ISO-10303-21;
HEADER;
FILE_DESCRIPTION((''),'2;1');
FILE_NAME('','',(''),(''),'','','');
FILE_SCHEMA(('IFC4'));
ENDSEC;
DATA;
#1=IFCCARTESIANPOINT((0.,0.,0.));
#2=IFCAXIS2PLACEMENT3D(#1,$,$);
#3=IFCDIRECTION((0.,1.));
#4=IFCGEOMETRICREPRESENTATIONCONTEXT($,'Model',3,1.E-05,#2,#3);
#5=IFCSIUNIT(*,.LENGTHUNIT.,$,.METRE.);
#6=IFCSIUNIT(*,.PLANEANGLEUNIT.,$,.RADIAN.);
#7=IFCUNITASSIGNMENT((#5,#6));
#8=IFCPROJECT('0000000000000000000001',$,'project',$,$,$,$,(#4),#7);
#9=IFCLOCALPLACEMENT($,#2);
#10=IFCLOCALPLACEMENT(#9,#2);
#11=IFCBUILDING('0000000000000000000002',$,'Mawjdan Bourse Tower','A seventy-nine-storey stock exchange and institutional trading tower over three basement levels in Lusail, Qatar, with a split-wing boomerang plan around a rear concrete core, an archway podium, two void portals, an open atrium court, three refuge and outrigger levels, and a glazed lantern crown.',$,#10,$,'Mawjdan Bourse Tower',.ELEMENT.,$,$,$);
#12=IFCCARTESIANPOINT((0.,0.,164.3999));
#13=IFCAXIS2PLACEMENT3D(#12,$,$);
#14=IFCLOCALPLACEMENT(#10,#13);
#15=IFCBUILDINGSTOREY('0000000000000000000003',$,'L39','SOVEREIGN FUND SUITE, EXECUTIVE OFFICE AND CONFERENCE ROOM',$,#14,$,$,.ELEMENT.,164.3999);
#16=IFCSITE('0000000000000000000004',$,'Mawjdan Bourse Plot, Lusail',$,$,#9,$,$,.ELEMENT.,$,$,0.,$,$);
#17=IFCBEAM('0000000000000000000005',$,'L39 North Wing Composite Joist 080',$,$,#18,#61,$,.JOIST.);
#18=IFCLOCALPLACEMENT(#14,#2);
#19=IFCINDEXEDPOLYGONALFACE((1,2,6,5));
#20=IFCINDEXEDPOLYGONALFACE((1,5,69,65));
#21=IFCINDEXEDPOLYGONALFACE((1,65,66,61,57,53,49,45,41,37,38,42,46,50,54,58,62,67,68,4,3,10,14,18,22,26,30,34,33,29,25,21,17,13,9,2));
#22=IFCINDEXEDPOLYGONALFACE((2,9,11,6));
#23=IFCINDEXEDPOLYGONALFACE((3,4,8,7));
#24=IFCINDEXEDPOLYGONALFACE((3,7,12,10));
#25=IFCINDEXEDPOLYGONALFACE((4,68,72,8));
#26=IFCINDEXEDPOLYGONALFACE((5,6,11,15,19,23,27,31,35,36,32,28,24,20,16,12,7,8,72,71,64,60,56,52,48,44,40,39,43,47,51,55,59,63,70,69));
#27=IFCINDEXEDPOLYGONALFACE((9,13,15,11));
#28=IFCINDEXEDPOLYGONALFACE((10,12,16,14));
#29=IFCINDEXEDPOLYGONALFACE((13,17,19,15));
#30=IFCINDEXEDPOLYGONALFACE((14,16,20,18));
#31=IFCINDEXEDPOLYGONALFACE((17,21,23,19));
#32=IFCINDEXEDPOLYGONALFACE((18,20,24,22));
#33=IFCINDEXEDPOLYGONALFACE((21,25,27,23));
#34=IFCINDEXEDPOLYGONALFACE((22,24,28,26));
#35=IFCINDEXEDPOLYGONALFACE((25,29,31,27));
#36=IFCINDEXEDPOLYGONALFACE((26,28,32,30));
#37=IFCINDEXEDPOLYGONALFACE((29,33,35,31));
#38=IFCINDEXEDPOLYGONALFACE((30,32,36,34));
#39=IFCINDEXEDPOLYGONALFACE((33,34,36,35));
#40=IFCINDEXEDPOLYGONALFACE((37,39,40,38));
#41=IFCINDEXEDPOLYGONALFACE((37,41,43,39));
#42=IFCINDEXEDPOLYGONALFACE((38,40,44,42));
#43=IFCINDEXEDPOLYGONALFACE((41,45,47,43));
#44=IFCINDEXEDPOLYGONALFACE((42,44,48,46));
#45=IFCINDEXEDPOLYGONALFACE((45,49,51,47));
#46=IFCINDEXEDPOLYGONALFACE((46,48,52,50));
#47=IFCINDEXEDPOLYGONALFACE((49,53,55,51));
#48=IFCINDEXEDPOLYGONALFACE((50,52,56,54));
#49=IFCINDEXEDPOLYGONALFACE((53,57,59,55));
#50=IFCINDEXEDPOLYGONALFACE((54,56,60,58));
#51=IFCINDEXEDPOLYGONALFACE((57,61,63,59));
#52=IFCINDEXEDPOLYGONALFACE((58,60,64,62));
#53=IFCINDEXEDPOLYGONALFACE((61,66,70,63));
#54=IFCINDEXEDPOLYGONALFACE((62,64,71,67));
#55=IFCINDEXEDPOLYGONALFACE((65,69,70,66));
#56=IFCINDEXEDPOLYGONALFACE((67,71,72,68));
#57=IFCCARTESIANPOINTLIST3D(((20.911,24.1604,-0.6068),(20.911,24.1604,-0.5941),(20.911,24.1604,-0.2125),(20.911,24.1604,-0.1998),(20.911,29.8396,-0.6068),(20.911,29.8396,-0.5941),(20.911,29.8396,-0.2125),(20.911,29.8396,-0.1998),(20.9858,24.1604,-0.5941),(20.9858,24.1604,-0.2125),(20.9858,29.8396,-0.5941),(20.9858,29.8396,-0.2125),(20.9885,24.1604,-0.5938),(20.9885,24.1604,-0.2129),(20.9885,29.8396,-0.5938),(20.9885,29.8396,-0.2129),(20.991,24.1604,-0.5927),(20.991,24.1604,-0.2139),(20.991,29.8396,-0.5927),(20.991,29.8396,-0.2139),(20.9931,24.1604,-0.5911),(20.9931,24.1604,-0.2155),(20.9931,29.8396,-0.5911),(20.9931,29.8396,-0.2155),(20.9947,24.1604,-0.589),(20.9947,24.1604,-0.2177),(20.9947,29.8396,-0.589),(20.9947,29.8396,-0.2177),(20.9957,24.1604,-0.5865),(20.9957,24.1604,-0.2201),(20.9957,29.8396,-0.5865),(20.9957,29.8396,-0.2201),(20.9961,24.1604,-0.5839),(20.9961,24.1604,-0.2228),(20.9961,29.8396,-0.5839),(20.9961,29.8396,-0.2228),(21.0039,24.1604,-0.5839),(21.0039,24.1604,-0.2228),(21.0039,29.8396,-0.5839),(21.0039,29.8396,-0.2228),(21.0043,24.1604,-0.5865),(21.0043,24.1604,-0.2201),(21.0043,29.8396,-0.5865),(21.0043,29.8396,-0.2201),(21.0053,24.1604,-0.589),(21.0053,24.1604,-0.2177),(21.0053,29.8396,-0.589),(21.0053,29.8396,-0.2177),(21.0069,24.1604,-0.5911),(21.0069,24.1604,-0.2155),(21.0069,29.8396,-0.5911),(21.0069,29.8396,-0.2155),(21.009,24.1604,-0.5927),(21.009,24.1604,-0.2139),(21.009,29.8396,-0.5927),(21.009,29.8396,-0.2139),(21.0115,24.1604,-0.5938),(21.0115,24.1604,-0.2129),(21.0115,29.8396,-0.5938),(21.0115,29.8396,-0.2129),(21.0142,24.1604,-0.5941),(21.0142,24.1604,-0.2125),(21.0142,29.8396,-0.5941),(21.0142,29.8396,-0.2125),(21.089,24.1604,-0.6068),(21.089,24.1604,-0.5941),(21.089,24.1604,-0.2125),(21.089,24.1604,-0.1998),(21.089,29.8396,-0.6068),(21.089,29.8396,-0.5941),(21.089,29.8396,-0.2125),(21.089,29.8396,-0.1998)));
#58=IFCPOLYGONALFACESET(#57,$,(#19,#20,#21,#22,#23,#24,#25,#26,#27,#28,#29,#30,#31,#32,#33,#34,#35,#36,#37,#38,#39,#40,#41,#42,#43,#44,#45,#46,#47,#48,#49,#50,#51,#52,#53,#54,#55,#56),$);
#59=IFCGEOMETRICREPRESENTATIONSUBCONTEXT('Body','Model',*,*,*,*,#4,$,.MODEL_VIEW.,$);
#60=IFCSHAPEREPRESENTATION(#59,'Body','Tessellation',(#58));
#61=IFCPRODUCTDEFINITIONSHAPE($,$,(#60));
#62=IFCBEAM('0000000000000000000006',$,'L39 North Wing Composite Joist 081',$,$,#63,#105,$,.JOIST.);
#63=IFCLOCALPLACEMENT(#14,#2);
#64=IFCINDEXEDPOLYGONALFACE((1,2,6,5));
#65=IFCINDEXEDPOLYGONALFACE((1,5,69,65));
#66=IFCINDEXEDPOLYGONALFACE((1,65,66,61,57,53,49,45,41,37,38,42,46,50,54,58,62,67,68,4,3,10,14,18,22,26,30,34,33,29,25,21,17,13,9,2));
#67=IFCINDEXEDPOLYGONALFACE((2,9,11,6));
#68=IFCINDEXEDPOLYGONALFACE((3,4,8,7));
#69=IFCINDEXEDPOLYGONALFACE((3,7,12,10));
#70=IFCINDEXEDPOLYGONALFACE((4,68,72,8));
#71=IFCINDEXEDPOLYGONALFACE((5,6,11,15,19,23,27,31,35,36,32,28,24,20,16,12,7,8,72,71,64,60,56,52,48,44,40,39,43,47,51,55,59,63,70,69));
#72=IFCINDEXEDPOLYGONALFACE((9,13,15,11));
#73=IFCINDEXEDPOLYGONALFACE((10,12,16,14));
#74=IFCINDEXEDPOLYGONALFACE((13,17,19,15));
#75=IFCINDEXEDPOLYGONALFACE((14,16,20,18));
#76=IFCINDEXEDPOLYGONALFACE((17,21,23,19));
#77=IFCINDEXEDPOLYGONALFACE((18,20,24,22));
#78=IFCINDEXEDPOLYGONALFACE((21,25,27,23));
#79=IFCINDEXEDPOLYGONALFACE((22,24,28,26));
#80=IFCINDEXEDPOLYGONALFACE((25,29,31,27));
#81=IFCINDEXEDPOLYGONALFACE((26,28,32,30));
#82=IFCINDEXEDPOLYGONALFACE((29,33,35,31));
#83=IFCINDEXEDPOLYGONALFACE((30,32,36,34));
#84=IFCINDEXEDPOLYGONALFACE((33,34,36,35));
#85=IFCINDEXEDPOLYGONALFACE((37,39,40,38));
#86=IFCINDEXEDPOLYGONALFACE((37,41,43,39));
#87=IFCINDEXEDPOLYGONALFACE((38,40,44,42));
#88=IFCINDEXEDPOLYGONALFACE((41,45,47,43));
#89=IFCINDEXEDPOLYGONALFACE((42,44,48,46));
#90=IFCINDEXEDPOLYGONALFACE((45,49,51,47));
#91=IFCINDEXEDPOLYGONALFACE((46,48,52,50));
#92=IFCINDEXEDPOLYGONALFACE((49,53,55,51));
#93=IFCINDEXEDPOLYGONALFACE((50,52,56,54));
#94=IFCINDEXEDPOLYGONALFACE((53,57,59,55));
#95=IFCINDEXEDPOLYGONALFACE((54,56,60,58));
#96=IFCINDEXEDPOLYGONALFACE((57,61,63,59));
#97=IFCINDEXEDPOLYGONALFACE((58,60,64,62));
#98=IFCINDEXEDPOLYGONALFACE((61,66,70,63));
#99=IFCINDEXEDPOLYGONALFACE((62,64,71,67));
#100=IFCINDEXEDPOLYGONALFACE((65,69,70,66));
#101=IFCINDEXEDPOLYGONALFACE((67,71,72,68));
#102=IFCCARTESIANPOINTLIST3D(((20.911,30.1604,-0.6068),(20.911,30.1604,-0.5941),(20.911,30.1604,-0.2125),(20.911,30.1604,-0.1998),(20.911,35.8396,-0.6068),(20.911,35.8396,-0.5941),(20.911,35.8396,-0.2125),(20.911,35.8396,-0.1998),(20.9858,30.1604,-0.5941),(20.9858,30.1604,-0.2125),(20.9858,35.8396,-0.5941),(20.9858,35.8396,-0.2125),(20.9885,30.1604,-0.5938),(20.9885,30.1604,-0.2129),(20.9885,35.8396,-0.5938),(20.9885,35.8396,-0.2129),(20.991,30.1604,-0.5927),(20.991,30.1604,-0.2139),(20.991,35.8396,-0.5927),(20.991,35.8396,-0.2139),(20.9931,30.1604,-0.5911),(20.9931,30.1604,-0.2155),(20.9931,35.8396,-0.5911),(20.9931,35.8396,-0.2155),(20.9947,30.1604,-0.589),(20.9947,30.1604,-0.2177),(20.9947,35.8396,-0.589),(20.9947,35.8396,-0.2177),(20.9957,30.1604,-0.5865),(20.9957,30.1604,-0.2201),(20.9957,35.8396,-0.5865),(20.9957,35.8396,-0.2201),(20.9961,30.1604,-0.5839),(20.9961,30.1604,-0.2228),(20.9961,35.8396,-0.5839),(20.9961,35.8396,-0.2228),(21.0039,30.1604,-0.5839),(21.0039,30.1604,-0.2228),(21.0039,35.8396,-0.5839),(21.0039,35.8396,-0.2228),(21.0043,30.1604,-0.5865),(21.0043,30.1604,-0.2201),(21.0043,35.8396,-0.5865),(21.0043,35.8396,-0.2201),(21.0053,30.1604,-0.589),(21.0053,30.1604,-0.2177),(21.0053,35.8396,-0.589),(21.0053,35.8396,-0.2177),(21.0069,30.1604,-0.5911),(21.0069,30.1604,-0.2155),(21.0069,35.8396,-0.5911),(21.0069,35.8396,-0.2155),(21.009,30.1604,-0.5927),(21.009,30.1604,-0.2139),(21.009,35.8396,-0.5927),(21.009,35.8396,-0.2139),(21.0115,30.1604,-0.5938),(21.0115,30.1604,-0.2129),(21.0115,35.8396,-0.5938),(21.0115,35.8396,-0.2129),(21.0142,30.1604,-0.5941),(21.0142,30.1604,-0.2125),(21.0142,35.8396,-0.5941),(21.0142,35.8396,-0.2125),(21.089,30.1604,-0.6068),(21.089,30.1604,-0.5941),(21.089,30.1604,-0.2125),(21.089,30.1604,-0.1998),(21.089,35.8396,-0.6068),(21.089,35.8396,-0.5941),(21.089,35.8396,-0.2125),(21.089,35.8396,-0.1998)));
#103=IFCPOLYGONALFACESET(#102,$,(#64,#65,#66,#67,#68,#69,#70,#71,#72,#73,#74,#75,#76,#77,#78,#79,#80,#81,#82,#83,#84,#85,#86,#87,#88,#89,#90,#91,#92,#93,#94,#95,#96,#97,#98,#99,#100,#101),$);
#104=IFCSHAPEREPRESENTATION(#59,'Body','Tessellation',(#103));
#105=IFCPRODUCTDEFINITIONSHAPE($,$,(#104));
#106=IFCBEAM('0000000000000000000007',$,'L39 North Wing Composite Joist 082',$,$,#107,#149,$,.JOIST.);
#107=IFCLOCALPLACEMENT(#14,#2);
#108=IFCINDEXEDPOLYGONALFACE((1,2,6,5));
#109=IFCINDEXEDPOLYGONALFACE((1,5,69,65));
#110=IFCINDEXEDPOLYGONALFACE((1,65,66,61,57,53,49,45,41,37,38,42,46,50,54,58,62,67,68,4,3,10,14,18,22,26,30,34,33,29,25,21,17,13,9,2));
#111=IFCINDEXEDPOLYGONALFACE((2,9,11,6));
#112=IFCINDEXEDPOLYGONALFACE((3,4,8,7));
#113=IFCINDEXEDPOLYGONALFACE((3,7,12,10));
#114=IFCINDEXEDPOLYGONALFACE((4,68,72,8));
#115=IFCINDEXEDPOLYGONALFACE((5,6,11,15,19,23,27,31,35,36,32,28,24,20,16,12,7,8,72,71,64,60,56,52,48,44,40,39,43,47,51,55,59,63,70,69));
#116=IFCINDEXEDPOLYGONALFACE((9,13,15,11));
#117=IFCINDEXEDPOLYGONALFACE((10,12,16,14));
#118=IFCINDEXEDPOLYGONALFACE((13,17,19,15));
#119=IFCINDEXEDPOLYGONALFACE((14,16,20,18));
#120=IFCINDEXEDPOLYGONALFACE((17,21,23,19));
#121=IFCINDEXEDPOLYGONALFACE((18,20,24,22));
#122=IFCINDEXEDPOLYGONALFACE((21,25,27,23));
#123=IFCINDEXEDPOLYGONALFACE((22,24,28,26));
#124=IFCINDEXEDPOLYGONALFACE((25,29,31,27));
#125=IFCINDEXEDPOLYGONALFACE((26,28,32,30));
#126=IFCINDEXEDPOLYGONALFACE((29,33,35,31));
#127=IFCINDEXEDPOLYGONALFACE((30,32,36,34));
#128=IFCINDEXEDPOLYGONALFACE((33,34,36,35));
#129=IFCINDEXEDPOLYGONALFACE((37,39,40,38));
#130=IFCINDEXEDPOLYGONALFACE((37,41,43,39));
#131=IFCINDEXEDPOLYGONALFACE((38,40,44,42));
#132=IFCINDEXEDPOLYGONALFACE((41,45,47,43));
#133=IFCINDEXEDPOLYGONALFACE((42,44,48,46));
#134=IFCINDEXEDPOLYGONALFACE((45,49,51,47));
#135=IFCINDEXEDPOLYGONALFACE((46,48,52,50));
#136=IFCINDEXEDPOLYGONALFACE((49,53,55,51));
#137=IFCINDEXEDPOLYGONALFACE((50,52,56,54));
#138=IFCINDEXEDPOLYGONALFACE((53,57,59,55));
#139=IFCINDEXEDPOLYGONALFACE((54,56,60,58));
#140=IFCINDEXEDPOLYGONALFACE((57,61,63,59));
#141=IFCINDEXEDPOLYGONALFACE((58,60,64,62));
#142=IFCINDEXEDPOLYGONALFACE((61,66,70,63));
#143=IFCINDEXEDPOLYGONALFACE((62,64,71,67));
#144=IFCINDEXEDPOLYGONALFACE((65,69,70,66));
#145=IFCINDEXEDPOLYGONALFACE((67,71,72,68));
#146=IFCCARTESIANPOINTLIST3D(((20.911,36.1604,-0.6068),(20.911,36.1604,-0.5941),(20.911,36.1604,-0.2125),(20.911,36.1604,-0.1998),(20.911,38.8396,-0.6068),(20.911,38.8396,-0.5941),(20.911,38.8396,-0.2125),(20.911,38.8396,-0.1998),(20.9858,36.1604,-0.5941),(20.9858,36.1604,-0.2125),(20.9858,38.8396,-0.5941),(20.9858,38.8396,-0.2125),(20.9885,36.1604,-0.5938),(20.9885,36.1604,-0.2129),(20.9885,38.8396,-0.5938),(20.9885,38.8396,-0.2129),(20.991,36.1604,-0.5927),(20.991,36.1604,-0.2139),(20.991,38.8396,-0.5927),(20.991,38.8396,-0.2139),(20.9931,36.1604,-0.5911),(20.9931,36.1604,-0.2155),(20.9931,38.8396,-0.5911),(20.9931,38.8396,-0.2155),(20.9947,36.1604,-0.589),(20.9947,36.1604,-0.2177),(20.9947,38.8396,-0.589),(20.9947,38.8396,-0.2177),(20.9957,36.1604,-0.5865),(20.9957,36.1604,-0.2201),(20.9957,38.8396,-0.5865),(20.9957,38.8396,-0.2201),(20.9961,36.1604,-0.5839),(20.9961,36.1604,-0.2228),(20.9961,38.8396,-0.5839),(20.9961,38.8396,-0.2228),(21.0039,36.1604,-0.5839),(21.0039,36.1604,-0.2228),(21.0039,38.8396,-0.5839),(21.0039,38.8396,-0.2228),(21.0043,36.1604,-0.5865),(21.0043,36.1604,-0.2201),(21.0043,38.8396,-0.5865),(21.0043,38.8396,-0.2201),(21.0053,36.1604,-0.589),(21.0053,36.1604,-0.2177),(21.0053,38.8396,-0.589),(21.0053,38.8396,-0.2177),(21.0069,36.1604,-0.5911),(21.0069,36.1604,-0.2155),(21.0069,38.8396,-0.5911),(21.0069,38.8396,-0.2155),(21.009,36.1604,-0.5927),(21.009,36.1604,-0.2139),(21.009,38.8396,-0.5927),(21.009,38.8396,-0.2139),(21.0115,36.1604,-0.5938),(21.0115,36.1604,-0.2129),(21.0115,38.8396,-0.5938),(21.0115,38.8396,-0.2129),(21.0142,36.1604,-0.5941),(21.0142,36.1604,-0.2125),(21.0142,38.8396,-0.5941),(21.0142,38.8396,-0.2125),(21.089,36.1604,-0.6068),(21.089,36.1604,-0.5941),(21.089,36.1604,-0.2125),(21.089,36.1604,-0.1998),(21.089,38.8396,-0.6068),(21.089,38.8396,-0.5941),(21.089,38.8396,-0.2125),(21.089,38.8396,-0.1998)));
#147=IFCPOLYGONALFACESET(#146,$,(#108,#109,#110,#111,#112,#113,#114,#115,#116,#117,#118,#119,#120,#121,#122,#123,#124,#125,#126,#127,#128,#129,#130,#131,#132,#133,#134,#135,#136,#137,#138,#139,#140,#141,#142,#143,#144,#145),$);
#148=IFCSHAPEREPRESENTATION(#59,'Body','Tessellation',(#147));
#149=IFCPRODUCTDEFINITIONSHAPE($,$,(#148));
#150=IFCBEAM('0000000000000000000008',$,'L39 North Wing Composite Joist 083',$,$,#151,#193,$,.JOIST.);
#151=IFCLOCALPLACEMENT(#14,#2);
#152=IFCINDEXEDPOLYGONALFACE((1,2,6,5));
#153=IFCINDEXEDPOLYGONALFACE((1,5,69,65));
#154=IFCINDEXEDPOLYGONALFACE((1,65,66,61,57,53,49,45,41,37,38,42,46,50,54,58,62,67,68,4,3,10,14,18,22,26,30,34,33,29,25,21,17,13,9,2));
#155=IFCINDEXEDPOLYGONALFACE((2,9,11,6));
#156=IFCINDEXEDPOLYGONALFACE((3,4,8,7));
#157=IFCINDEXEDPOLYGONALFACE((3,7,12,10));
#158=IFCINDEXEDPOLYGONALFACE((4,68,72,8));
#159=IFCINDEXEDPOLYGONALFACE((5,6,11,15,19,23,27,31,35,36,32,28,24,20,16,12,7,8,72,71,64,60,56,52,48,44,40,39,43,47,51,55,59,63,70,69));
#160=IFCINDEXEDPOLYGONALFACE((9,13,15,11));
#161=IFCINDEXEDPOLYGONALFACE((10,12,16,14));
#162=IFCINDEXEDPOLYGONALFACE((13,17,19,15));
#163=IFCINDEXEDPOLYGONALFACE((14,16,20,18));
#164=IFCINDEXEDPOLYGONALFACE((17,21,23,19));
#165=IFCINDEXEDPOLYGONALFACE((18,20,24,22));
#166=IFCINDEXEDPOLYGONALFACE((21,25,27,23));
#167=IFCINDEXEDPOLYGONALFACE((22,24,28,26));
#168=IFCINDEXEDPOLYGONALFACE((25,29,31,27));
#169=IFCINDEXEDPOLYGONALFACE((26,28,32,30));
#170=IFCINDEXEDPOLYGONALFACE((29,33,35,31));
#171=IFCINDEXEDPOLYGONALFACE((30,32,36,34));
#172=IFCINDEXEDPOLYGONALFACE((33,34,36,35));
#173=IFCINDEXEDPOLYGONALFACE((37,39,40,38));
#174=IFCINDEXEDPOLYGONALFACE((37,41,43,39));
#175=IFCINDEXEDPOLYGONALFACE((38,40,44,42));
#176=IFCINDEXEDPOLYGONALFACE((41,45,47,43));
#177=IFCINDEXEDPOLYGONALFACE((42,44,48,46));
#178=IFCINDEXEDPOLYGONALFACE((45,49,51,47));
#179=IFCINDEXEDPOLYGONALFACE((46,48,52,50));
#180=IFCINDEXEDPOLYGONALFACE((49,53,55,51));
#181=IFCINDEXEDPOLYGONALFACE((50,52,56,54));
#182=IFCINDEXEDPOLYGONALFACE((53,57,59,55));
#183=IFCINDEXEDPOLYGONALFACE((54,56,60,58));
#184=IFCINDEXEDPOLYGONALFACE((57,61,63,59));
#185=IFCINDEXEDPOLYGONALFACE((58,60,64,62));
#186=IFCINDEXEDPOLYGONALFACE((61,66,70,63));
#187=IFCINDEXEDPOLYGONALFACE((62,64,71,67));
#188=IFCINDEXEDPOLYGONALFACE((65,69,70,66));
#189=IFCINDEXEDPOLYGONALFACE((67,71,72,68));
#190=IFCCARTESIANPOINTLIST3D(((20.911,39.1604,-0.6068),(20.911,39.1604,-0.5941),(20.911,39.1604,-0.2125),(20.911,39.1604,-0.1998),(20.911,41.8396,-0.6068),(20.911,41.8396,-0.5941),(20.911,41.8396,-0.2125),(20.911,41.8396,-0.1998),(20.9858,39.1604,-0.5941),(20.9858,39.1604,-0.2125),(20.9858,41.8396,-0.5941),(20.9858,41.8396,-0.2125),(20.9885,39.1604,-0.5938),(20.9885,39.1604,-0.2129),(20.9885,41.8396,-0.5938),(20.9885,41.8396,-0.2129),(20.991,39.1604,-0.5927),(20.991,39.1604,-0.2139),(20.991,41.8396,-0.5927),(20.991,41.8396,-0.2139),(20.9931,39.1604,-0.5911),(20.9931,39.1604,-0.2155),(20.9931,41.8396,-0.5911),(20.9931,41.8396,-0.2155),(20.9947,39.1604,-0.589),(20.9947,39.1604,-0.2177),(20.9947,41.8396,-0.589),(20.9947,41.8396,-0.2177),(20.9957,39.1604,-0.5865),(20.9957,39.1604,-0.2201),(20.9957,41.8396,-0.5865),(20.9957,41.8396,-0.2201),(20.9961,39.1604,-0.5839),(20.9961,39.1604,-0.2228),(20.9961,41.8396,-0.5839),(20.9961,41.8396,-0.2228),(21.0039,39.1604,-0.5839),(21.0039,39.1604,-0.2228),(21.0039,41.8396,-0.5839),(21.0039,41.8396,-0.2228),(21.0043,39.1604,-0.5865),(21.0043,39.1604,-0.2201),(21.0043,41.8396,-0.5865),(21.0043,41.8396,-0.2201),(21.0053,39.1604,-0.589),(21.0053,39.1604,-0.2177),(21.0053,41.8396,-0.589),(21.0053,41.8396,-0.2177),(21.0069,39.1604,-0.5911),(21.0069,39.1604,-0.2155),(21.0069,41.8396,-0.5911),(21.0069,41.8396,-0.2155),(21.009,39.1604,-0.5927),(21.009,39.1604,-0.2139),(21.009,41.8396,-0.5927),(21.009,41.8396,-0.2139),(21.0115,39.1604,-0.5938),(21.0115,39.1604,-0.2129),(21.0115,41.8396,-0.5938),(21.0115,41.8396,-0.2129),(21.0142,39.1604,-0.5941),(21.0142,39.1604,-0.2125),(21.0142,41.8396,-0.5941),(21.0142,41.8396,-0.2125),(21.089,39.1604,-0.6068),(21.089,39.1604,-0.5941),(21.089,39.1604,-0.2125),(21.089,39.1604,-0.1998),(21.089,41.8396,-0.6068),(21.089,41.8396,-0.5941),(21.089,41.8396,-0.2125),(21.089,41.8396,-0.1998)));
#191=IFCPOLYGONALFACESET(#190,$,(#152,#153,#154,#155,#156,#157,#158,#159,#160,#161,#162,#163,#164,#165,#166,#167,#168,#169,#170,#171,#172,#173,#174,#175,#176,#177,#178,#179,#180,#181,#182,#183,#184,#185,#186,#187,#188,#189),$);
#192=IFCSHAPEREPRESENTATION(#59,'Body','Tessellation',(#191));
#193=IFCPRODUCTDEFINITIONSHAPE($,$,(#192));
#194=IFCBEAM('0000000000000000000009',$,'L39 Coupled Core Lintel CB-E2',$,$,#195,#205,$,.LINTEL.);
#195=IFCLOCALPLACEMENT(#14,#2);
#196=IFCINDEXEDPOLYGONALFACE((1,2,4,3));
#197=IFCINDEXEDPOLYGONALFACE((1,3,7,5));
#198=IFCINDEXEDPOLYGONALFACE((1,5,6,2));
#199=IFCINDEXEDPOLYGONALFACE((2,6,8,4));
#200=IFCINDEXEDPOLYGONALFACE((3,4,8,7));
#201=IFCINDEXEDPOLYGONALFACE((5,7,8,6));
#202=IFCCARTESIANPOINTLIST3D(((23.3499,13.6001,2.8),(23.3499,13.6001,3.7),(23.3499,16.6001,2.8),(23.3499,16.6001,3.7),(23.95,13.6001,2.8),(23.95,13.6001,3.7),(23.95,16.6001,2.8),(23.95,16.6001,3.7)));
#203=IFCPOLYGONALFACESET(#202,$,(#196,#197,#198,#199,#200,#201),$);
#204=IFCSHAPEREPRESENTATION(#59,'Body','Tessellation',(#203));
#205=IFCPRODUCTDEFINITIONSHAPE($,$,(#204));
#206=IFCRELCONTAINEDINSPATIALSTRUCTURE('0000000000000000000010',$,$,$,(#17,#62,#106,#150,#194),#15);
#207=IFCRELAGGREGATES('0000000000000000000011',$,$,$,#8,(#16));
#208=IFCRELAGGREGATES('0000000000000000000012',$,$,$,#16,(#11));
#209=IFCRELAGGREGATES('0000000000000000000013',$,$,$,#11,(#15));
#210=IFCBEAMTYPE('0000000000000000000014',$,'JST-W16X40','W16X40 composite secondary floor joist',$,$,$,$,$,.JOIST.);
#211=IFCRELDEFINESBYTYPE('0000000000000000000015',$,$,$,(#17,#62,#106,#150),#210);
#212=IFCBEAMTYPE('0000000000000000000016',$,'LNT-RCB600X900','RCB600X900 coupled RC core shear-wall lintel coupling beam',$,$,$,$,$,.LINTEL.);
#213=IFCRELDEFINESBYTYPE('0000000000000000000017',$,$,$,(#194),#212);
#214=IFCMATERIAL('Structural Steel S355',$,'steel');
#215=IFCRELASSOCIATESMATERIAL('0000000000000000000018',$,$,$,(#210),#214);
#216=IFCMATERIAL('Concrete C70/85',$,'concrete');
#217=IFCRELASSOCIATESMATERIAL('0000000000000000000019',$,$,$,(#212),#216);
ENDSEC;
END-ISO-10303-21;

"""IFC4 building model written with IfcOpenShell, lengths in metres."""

from ifc_helpers import new_model, si_unit, direction, frame, origin, origin_2d, place, context, subcontext, project, spatial, rectangle, i_section, extrude, material, material_profile, profile_set, type_object, element, save


model = new_model("IFC4")

# Units and contexts
model_context = context("Model", 3, precision=1e-05, world=origin(), true_north=direction((0.0, 1.0)))
body_context = subcontext(model_context, "Body", "Model", "MODEL_VIEW")
ifc_project = project(units=[si_unit("LENGTHUNIT", "METRE"), si_unit("PLANEANGLEUNIT", "RADIAN")], contexts=[model_context])

# Site, building, storey
site_placement = place(None, origin())
site = spatial("IfcSite", under=ifc_project, at=site_placement, Name="Mawjdan Bourse Plot, Lusail", CompositionType="ELEMENT", RefElevation=0.0)
building_placement = place(site_placement, origin())
building = spatial("IfcBuilding", under=site, at=building_placement, Name="Mawjdan Bourse Tower", Description="A seventy-nine-storey stock exchange and institutional trading tower over three basement levels in Lusail, Qatar, with a split-wing boomerang plan around a rear concrete core, an archway podium, two void portals, an open atrium court, three refuge and outrigger levels, and a glazed lantern crown.", LongName="Mawjdan Bourse Tower", CompositionType="ELEMENT")
storey_placement = place(building_placement, frame((0.0, 0.0, 164.3999)))
storey = spatial("IfcBuildingStorey", under=building, at=storey_placement, Name="L39", Description="SOVEREIGN FUND SUITE, EXECUTIVE OFFICE AND CONFERENCE ROOM", CompositionType="ELEMENT", Elevation=164.3999)

# Shared definitions
ifc_material_1 = material(Name="Concrete C70/85", Category="concrete")

# Beams
ifc_material_2 = material(Name="Structural Steel S355", Category="steel")
ifc_material_profile_1 = material_profile(ifc_material_2, i_section(OverallWidth=0.178, OverallDepth=0.407, WebThickness=0.0078, FlangeThickness=0.0127, FilletRadius=0.0103, at=origin_2d()), Name="W16X40")
ifc_profile_set_1 = profile_set([ifc_material_profile_1], Name="Structural Steel S355")
beam_type_1 = type_object("IfcBeamType", Name="JST-W16X40", Description="W16X40 composite secondary floor joist", PredefinedType="JOIST", material=ifc_profile_set_1)
for number, where, z_axis, x_axis, name in (
    (1, (21.0, 24.1604, -0.4033), (0.0, 1.0, 0.0), (-1.0, 0.0, 0.0), "L39 North Wing Composite Joist 080"),
    (2, (21.0, 30.1604, -0.4033), (0.0, 1.0, 0.0), (-1.0, 0.0, 0.0), "L39 North Wing Composite Joist 081"),
):
    element("IfcBeam", number, at=place(storey_placement, frame(where, z_axis=z_axis, x_axis=x_axis)), inside=storey, type_object=beam_type_1, Name=name, PredefinedType="JOIST", context=body_context, shape_type="SweptSolid", body=[
        extrude(i_section(OverallWidth=0.178, OverallDepth=0.407, WebThickness=0.0078, FlangeThickness=0.0127, FilletRadius=0.0103, at=origin_2d()), origin(), (0.0, 0.0, 1.0), 5.6792),
    ])
for number, where, z_axis, x_axis, name in (
    (3, (21.0, 36.1604, -0.4033), (0.0, 1.0, 0.0), (-1.0, 0.0, 0.0), "L39 North Wing Composite Joist 082"),
    (4, (21.0, 39.1604, -0.4033), (0.0, 1.0, 0.0), (-1.0, 0.0, 0.0), "L39 North Wing Composite Joist 083"),
):
    element("IfcBeam", number, at=place(storey_placement, frame(where, z_axis=z_axis, x_axis=x_axis)), inside=storey, type_object=beam_type_1, Name=name, PredefinedType="JOIST", context=body_context, shape_type="SweptSolid", body=[
        extrude(i_section(OverallWidth=0.178, OverallDepth=0.407, WebThickness=0.0078, FlangeThickness=0.0127, FilletRadius=0.0103, at=origin_2d()), origin(), (0.0, 0.0, 1.0), 2.6792),
    ])
ifc_material_profile_2 = material_profile(ifc_material_1, rectangle(XDim=0.6001, YDim=0.8999, at=origin_2d()), Name="RCB600X900")
ifc_profile_set_2 = profile_set([ifc_material_profile_2], Name="Concrete C70/85")
beam_type_2 = type_object("IfcBeamType", Name="LNT-RCB600X900", Description="RCB600X900 coupled RC core shear-wall lintel coupling beam", PredefinedType="LINTEL", material=ifc_profile_set_2)
beam_1_placement = place(storey_placement, frame((23.6499, 13.6001, 3.25), z_axis=(0.0, 1.0, 0.0), x_axis=(-1.0, 0.0, 0.0)))
element("IfcBeam", 5, at=beam_1_placement, inside=storey, type_object=beam_type_2, Name="L39 Coupled Core Lintel CB-E2", PredefinedType="LINTEL", context=body_context, shape_type="SweptSolid", body=[
    extrude(rectangle(XDim=0.6001, YDim=0.8999, at=origin_2d()), origin(), (0.0, 0.0, 1.0), 3.0),
])

save(model, "model.ifc")
